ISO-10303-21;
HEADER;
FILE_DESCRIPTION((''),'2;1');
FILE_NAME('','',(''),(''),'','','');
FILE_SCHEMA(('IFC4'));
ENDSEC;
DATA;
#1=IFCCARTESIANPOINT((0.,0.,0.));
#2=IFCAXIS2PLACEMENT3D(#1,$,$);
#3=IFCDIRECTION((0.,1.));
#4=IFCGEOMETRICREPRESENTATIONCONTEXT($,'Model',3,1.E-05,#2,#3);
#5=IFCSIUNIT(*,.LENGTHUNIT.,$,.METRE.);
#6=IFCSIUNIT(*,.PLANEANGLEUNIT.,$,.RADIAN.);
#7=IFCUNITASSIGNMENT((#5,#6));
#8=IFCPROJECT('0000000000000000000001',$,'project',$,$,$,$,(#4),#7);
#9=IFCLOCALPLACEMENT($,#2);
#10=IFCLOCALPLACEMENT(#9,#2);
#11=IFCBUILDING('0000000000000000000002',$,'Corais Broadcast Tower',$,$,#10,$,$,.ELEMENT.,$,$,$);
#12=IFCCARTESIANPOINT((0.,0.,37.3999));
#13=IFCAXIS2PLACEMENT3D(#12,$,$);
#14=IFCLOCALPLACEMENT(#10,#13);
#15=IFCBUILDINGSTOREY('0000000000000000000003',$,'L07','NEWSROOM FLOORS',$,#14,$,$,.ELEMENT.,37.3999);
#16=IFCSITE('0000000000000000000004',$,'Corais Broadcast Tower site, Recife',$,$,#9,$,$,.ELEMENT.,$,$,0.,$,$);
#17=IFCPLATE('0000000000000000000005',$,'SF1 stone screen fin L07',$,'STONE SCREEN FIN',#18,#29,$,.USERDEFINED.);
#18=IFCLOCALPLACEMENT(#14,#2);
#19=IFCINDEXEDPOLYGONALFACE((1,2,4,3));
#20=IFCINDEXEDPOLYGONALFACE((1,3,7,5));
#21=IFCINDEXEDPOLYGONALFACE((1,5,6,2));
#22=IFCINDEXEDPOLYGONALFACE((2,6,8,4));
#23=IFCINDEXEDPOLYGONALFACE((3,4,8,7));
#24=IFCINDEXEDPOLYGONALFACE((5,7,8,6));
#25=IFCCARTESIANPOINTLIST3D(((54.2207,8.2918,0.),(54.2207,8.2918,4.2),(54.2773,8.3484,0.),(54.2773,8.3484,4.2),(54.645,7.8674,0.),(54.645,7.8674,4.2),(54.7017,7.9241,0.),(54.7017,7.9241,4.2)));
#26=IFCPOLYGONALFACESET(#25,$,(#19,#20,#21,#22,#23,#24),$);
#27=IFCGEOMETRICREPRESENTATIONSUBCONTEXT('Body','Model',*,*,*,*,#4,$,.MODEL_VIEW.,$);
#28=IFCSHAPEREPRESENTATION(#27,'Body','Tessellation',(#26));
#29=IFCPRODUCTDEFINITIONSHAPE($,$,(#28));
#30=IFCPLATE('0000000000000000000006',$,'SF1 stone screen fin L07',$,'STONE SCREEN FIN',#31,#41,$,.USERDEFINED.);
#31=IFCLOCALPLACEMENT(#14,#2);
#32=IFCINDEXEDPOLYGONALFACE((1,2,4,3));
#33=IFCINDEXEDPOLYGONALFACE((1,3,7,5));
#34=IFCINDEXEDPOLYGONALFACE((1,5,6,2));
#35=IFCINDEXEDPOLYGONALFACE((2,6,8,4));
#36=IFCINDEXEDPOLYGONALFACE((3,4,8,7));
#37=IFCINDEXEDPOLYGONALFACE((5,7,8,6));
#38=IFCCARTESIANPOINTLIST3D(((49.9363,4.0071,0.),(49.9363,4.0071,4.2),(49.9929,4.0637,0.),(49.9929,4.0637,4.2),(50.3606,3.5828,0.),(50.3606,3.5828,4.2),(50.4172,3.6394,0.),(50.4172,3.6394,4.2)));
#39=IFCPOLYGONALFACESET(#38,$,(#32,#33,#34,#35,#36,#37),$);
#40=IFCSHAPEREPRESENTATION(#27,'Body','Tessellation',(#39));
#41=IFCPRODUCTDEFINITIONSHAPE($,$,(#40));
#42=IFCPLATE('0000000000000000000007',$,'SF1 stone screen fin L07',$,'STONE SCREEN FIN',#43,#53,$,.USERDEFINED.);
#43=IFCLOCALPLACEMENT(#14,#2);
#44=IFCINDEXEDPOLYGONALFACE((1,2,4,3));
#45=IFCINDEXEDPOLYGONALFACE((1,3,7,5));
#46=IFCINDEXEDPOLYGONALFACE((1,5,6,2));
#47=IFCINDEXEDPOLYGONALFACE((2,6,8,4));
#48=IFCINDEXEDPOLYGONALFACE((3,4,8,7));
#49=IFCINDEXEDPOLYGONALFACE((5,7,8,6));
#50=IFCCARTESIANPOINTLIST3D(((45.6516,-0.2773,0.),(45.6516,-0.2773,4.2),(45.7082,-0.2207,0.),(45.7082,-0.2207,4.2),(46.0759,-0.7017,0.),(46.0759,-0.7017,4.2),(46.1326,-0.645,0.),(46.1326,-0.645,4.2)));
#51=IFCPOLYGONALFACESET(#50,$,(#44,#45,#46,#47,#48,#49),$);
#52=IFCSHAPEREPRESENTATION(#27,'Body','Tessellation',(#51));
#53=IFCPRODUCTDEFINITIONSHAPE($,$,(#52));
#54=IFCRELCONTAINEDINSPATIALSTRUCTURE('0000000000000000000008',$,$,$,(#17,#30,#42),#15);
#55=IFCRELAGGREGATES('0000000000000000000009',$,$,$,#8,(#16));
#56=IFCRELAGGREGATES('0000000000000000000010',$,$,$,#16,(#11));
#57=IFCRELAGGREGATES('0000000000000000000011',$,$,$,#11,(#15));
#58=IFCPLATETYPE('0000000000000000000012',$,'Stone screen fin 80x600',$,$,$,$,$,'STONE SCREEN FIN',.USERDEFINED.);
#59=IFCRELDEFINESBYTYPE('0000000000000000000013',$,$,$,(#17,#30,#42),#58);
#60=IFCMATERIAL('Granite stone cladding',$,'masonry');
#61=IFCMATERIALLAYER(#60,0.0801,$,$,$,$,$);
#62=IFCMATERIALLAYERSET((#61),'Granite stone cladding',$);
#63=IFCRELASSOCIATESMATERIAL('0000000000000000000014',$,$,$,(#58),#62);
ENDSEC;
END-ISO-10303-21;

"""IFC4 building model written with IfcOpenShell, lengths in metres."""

from ifc_helpers import new_model, si_unit, direction, frame, origin, origin_2d, place, context, subcontext, project, spatial, rectangle, extrude, material, layer, layer_set, type_object, element, save


model = new_model("IFC4")

# Units and contexts
model_context = context("Model", 3, precision=1e-05, world=origin(), true_north=direction((0.0, 1.0)))
body_context = subcontext(model_context, "Body", "Model", "MODEL_VIEW")
ifc_project = project(units=[si_unit("LENGTHUNIT", "METRE"), si_unit("PLANEANGLEUNIT", "RADIAN")], contexts=[model_context])

# Site, building, storey
site_placement = place(None, origin())
site = spatial("IfcSite", under=ifc_project, at=site_placement, Name="Corais Broadcast Tower site, Recife", CompositionType="ELEMENT", RefElevation=0.0)
building_placement = place(site_placement, origin())
building = spatial("IfcBuilding", under=site, at=building_placement, Name="Corais Broadcast Tower", CompositionType="ELEMENT")
storey_placement = place(building_placement, frame((0.0, 0.0, 37.3999)))
storey = spatial("IfcBuildingStorey", under=building, at=storey_placement, Name="L07", Description="NEWSROOM FLOORS", CompositionType="ELEMENT", Elevation=37.3999)

# Plates
ifc_material_1 = material(Name="Granite stone cladding", Category="masonry")
ifc_layer_1 = layer(ifc_material_1, 0.0801)
ifc_layer_set_1 = layer_set([ifc_layer_1], Name="Granite stone cladding")
plate_type_1 = type_object("IfcPlateType", Name="Stone screen fin 80x600", ElementType="STONE SCREEN FIN", PredefinedType="USERDEFINED", material=ifc_layer_set_1)
for number, where, z_axis, x_axis, name in (
    (1, (54.4612, 8.1079, 0.0), (0.0, 0.0, 1.0), (-0.707107, -0.707107, 0.0), "SF1 stone screen fin L07"),
    (2, (50.1768, 3.8232, 0.0), (0.0, 0.0, 1.0), (-0.707107, -0.707107, 0.0), "SF1 stone screen fin L07"),
    (3, (45.8921, -0.4612, 0.0), (0.0, 0.0, 1.0), (-0.707107, -0.707107, 0.0), "SF1 stone screen fin L07"),
):
    element("IfcPlate", number, at=place(storey_placement, frame(where, z_axis=z_axis, x_axis=x_axis)), inside=storey, type_object=plate_type_1, Name=name, ObjectType="STONE SCREEN FIN", PredefinedType="USERDEFINED", context=body_context, shape_type="SweptSolid", body=[
        extrude(rectangle(XDim=0.0801, YDim=0.6001, at=origin_2d()), origin(), (0.0, 0.0, 1.0), 4.2),
    ])

save(model, "model.ifc")
